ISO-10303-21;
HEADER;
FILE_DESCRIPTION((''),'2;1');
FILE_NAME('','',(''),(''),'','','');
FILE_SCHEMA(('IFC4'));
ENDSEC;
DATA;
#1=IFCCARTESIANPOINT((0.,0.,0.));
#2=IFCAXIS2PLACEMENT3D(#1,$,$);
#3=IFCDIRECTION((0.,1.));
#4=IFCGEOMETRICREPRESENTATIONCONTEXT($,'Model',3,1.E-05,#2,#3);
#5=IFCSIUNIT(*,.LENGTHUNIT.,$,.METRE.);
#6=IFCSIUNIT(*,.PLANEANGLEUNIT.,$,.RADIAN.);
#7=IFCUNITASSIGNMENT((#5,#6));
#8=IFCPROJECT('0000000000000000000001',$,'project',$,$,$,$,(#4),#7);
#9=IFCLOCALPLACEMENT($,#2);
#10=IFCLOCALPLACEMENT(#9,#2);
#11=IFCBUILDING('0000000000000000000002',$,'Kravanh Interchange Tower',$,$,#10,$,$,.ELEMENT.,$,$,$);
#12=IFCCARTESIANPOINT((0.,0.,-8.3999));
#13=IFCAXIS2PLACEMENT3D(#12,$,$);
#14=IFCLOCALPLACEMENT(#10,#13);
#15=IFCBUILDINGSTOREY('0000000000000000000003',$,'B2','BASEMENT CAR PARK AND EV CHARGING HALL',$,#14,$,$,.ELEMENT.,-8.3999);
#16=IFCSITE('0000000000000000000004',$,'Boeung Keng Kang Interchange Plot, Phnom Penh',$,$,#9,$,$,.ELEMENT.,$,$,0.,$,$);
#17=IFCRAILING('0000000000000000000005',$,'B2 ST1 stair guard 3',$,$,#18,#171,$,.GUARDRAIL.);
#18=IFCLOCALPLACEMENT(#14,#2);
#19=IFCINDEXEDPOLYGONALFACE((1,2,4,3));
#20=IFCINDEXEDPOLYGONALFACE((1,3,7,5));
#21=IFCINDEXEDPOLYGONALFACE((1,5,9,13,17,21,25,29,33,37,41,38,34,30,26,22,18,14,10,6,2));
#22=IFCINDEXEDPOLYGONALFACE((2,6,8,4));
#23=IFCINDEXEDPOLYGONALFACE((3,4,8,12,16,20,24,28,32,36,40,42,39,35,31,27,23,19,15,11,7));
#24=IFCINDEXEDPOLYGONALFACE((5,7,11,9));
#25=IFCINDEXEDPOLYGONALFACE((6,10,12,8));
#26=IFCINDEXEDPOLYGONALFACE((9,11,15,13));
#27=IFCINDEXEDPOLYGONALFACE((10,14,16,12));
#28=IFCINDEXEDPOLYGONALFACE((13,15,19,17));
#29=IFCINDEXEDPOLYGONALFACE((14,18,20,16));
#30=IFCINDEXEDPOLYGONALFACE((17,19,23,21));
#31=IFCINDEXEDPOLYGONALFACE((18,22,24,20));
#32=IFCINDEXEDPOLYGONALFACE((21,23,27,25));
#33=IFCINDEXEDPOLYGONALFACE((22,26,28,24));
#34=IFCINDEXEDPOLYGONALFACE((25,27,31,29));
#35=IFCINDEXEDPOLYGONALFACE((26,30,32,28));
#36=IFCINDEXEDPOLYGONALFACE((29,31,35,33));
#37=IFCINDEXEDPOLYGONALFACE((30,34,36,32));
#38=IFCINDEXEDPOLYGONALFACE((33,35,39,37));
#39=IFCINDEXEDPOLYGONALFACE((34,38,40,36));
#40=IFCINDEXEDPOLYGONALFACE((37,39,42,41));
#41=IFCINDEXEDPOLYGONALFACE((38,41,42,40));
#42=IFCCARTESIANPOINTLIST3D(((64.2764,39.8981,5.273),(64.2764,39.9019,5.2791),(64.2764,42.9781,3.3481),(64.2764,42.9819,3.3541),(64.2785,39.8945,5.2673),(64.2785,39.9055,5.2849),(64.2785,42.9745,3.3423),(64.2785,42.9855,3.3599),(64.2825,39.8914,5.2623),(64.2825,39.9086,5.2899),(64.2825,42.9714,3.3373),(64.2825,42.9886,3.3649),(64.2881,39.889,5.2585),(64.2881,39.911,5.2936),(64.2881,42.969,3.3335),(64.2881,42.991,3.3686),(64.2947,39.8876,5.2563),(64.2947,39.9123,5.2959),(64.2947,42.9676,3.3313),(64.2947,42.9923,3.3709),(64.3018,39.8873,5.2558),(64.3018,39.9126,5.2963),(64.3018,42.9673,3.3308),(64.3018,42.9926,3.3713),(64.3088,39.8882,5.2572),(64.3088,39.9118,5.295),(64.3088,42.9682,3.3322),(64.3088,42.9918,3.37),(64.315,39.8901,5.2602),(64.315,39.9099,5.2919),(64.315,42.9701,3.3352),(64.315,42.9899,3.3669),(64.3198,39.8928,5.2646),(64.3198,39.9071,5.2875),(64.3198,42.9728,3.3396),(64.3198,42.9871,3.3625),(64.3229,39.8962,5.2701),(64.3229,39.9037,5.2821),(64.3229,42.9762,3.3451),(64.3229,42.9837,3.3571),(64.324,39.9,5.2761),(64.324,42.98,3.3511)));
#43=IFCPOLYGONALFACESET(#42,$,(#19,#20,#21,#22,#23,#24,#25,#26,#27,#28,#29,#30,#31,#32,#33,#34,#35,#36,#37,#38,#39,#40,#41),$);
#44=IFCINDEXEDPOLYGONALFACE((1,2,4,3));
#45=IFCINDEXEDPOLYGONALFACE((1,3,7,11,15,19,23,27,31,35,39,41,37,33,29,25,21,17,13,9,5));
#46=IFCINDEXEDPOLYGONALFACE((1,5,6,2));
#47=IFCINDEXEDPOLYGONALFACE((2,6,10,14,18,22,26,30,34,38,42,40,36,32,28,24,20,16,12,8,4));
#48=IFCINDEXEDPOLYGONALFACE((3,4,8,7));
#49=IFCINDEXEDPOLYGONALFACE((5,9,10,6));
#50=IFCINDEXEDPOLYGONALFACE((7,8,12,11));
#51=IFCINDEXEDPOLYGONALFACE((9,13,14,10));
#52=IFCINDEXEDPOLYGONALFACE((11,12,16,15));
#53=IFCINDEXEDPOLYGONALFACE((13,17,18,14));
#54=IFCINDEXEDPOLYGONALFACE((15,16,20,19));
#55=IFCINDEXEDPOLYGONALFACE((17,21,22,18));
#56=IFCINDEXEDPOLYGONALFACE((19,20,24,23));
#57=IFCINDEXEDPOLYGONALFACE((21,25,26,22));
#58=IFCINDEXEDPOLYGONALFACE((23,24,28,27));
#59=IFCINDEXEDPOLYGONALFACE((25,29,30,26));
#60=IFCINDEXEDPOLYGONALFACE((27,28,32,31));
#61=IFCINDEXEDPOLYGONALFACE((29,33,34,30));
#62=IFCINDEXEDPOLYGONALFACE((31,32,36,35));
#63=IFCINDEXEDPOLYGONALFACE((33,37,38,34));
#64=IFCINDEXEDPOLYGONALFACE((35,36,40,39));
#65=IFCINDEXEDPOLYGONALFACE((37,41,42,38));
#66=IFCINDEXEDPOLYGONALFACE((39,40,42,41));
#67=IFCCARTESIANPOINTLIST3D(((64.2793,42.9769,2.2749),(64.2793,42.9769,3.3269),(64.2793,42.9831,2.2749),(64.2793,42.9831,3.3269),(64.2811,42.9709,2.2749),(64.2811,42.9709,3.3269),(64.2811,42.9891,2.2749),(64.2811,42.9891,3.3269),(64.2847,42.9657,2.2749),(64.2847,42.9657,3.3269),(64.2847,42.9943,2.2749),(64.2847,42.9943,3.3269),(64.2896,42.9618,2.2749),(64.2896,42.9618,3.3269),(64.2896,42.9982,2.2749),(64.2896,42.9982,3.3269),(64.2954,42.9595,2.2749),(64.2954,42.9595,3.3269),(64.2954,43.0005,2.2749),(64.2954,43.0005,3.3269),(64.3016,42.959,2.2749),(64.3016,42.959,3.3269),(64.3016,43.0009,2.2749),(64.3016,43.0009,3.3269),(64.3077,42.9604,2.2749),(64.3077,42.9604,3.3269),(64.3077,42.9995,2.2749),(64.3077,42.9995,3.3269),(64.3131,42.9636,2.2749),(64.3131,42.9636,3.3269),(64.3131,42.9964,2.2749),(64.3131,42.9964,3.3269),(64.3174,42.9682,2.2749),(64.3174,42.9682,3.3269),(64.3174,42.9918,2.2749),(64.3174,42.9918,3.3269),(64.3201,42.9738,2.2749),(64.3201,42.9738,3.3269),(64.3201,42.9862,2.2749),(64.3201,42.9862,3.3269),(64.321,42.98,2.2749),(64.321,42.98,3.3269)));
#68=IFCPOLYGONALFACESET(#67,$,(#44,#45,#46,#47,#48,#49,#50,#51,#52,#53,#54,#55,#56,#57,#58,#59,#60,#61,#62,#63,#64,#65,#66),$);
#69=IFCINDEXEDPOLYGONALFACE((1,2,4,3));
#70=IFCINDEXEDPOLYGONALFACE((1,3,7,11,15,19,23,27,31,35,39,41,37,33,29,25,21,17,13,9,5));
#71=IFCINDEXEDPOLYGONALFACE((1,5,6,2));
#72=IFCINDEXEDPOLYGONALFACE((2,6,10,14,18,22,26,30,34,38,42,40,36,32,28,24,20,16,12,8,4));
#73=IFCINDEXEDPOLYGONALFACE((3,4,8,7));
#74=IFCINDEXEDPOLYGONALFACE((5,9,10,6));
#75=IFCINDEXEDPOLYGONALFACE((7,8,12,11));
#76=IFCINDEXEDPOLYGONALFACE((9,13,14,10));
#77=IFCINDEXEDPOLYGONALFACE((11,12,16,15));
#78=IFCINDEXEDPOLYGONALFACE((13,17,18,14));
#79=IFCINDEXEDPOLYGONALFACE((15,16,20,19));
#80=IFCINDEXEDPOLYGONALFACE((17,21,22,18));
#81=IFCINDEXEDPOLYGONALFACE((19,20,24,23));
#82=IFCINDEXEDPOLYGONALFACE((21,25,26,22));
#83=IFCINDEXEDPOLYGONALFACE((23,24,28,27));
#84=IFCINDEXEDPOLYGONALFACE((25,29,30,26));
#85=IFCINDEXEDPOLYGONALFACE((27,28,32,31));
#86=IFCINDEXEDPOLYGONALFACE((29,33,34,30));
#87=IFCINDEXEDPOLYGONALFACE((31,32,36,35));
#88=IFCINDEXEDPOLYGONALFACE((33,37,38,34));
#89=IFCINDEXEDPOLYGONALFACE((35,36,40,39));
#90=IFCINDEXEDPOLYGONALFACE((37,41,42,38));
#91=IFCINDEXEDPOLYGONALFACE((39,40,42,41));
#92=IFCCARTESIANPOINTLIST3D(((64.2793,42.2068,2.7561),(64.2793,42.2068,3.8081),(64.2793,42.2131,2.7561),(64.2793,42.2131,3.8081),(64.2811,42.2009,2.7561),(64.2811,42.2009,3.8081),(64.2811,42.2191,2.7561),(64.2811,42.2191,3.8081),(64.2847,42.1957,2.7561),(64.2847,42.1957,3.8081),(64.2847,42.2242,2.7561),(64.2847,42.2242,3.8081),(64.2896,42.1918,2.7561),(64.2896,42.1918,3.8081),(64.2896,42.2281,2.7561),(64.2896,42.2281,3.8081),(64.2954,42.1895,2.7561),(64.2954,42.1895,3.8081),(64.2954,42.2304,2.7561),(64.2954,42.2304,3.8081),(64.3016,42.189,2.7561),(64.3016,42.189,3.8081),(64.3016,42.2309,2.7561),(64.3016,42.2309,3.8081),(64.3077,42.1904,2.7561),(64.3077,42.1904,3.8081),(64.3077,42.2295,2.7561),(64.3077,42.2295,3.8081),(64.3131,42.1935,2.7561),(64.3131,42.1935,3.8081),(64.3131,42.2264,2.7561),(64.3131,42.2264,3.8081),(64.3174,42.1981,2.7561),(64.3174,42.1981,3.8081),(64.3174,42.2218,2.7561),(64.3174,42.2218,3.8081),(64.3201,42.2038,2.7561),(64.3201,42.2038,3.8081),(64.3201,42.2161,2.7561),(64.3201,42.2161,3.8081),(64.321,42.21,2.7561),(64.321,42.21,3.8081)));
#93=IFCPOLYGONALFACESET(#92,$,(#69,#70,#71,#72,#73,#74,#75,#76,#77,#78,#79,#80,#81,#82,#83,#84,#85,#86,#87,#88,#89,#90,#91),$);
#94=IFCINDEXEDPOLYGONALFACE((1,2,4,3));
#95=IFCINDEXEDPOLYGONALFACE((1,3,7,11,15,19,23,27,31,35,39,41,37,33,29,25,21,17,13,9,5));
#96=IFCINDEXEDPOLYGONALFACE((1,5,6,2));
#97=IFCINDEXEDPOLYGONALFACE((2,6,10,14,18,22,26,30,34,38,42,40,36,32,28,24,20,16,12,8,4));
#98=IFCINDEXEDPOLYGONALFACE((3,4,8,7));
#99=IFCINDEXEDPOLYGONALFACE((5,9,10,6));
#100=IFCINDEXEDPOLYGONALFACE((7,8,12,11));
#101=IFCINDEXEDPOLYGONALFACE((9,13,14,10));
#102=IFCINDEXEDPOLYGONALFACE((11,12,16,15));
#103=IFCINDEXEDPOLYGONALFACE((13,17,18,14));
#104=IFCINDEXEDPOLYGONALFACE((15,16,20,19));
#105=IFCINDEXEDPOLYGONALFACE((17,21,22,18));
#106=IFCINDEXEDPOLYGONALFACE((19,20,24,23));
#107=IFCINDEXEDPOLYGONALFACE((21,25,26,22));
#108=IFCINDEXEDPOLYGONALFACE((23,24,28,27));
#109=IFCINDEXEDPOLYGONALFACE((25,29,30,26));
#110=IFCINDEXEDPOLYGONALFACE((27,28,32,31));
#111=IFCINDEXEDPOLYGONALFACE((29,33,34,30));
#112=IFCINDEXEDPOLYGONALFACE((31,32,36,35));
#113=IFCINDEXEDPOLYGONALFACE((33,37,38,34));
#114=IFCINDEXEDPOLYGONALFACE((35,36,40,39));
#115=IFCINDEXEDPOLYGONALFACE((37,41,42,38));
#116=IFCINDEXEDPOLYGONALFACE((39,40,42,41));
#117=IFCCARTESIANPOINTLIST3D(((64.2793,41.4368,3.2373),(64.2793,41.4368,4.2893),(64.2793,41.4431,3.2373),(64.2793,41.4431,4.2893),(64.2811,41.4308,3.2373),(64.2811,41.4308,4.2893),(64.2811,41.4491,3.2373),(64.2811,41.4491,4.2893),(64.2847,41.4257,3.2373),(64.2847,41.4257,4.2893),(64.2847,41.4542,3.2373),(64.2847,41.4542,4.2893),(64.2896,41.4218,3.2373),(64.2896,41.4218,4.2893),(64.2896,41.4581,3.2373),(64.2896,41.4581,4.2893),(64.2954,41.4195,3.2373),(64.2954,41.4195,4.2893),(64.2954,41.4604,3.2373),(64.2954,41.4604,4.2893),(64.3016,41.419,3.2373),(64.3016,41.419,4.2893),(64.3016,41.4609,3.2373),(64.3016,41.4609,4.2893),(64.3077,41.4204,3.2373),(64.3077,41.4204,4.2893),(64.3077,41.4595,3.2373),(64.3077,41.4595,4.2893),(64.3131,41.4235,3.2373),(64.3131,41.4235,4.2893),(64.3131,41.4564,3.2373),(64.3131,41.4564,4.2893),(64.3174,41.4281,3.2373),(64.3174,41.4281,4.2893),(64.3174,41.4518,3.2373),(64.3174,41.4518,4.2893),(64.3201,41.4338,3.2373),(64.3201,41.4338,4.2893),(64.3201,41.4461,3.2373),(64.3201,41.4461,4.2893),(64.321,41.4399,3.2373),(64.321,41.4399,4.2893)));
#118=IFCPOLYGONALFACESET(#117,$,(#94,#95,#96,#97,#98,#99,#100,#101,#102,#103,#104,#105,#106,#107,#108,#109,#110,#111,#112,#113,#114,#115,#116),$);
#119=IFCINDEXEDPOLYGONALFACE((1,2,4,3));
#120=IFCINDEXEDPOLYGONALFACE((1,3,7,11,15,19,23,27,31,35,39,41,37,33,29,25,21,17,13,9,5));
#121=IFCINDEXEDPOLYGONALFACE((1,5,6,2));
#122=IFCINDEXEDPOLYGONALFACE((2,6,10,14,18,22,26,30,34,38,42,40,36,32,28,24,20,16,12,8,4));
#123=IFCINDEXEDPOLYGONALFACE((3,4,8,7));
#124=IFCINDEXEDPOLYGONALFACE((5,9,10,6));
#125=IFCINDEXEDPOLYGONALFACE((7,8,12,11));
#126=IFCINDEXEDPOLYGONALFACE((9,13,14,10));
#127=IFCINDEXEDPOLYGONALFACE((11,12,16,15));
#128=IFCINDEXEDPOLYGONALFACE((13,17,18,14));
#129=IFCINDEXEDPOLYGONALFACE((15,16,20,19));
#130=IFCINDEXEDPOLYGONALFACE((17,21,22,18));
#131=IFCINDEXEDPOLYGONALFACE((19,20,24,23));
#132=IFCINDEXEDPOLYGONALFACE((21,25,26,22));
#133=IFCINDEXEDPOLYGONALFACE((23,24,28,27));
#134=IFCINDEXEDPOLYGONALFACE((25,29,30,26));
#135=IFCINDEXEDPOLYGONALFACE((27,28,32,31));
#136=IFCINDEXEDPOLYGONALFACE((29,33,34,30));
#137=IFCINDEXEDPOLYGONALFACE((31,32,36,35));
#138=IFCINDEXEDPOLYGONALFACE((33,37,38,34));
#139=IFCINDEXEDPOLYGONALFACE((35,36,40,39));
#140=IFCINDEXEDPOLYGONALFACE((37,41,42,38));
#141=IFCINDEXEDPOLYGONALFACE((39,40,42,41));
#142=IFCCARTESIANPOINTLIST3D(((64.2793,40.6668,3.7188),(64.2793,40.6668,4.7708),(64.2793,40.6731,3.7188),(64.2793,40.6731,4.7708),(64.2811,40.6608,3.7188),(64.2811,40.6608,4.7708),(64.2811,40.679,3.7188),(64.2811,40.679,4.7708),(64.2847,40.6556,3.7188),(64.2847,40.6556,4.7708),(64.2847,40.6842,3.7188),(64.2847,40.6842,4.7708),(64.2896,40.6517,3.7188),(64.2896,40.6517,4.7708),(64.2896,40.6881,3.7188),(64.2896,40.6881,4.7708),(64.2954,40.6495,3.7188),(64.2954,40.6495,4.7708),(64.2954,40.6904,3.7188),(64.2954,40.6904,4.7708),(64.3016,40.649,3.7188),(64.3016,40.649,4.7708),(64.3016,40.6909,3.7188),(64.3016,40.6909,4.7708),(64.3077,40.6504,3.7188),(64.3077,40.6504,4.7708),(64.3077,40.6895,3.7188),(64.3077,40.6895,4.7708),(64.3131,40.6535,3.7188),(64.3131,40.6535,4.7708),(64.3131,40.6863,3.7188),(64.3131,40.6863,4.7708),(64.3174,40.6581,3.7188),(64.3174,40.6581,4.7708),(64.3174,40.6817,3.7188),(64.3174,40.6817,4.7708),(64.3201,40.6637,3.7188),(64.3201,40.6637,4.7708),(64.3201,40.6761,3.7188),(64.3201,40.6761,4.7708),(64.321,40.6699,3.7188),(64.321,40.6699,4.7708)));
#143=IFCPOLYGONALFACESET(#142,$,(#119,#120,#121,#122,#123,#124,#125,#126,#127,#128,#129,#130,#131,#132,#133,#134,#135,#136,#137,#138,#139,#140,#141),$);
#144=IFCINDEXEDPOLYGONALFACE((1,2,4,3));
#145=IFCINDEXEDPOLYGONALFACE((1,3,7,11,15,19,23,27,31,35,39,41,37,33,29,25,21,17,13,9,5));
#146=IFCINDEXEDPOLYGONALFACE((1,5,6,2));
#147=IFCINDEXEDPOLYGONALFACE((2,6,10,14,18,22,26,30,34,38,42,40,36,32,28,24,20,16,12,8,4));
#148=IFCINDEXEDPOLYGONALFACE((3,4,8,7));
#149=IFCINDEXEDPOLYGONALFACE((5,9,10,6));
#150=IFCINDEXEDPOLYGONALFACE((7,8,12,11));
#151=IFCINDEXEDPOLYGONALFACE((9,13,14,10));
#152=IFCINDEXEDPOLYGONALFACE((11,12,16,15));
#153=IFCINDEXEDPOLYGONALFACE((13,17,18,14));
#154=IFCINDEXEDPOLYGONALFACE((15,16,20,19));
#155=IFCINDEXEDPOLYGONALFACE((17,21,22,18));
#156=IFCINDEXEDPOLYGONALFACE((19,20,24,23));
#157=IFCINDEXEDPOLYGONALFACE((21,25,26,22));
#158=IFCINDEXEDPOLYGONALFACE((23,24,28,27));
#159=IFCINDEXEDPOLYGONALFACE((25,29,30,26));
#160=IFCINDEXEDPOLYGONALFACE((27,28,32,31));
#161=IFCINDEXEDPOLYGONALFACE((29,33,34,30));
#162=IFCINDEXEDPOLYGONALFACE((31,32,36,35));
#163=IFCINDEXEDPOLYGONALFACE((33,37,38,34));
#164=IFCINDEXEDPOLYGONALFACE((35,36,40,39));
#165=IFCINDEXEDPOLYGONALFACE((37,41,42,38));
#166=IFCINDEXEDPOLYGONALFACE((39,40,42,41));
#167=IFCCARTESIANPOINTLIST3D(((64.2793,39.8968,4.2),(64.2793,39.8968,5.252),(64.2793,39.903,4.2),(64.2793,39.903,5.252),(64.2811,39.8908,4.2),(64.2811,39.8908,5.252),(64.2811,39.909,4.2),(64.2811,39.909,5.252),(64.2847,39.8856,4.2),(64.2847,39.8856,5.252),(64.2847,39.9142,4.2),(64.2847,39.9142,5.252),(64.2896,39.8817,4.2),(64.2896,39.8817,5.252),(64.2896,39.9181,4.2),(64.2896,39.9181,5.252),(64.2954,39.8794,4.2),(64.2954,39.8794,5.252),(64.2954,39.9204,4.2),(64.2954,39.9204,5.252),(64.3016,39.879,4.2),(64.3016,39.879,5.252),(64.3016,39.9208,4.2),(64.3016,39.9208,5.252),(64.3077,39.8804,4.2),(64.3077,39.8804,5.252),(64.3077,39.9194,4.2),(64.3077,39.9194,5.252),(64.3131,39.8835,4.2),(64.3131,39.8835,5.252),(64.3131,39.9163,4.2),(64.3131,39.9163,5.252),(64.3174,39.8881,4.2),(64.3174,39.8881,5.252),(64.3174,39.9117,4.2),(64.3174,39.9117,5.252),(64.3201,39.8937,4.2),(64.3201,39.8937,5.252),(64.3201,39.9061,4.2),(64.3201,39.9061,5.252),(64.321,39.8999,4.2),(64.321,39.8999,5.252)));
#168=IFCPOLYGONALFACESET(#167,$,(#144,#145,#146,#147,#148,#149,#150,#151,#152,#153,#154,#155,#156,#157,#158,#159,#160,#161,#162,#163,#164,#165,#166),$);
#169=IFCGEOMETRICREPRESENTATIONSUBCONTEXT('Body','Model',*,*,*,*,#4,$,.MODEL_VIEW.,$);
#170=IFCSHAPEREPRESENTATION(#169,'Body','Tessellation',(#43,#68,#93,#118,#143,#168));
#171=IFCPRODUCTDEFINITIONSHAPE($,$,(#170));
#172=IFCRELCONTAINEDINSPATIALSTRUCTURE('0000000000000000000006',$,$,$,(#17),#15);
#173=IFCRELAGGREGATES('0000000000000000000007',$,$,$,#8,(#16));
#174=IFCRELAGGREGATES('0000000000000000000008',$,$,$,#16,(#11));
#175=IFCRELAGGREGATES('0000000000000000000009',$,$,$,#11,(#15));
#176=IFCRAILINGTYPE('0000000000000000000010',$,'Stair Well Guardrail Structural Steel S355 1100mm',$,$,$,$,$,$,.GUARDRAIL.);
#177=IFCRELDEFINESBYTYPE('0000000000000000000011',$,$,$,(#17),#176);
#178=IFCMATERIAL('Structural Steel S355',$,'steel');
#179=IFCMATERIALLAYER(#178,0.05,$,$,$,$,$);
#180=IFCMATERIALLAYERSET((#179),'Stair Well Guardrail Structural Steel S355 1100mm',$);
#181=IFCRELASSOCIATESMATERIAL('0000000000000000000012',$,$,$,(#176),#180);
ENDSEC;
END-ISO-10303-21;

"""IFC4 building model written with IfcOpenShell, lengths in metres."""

from ifc_helpers import new_model, si_unit, direction, frame, origin, origin_2d, place, context, subcontext, project, spatial, circle, extrude, material, layer, layer_set, type_object, element, save


model = new_model("IFC4")

# Units and contexts
model_context = context("Model", 3, precision=1e-05, world=origin(), true_north=direction((0.0, 1.0)))
body_context = subcontext(model_context, "Body", "Model", "MODEL_VIEW")
ifc_project = project(units=[si_unit("LENGTHUNIT", "METRE"), si_unit("PLANEANGLEUNIT", "RADIAN")], contexts=[model_context])

# Site, building, storey
site_placement = place(None, origin())
site = spatial("IfcSite", under=ifc_project, at=site_placement, Name="Boeung Keng Kang Interchange Plot, Phnom Penh", CompositionType="ELEMENT", RefElevation=0.0)
building_placement = place(site_placement, origin())
building = spatial("IfcBuilding", under=site, at=building_placement, Name="Kravanh Interchange Tower", CompositionType="ELEMENT")
storey_placement = place(building_placement, frame((0.0, 0.0, -8.3999)))
storey = spatial("IfcBuildingStorey", under=building, at=storey_placement, Name="B2", Description="BASEMENT CAR PARK AND EV CHARGING HALL", CompositionType="ELEMENT", Elevation=-8.3999)

# Railing
ifc_material_1 = material(Name="Structural Steel S355", Category="steel")
ifc_layer_1 = layer(ifc_material_1, 0.05)
ifc_layer_set_1 = layer_set([ifc_layer_1], Name="Stair Well Guardrail Structural Steel S355 1100mm")
railing_type_1 = type_object("IfcRailingType", Name="Stair Well Guardrail Structural Steel S355 1100mm", PredefinedType="GUARDRAIL", material=ifc_layer_set_1)
railing_1_placement = place(storey_placement, frame((64.3, 42.98, 2.2749)))
element("IfcRailing", 1, at=railing_1_placement, inside=storey, type_object=railing_type_1, Name="B2 ST1 stair guard 3", PredefinedType="GUARDRAIL", context=body_context, shape_type="SweptSolid", body=[
    extrude(circle(Radius=0.0239, at=origin_2d()), frame((0.0, 0.0, 1.0762), z_axis=(0.0, -0.847998, 0.529999), x_axis=(1.0, 0.0, 0.0)), (0.0, 0.0, 1.0), 3.6321),
    extrude(circle(Radius=0.021, at=origin_2d()), origin(), (0.0, 0.0, 1.0), 1.052),
    extrude(circle(Radius=0.021, at=origin_2d()), frame((0.0, -0.77, 0.4812)), (0.0, 0.0, 1.0), 1.052),
    extrude(circle(Radius=0.021, at=origin_2d()), frame((0.0, -1.54, 0.9624)), (0.0, 0.0, 1.0), 1.052),
    extrude(circle(Radius=0.021, at=origin_2d()), frame((0.0, -2.3101, 1.4438)), (0.0, 0.0, 1.0), 1.052),
    extrude(circle(Radius=0.021, at=origin_2d()), frame((0.0, -3.0801, 1.925)), (0.0, 0.0, 1.0), 1.052),
])

save(model, "model.ifc")
